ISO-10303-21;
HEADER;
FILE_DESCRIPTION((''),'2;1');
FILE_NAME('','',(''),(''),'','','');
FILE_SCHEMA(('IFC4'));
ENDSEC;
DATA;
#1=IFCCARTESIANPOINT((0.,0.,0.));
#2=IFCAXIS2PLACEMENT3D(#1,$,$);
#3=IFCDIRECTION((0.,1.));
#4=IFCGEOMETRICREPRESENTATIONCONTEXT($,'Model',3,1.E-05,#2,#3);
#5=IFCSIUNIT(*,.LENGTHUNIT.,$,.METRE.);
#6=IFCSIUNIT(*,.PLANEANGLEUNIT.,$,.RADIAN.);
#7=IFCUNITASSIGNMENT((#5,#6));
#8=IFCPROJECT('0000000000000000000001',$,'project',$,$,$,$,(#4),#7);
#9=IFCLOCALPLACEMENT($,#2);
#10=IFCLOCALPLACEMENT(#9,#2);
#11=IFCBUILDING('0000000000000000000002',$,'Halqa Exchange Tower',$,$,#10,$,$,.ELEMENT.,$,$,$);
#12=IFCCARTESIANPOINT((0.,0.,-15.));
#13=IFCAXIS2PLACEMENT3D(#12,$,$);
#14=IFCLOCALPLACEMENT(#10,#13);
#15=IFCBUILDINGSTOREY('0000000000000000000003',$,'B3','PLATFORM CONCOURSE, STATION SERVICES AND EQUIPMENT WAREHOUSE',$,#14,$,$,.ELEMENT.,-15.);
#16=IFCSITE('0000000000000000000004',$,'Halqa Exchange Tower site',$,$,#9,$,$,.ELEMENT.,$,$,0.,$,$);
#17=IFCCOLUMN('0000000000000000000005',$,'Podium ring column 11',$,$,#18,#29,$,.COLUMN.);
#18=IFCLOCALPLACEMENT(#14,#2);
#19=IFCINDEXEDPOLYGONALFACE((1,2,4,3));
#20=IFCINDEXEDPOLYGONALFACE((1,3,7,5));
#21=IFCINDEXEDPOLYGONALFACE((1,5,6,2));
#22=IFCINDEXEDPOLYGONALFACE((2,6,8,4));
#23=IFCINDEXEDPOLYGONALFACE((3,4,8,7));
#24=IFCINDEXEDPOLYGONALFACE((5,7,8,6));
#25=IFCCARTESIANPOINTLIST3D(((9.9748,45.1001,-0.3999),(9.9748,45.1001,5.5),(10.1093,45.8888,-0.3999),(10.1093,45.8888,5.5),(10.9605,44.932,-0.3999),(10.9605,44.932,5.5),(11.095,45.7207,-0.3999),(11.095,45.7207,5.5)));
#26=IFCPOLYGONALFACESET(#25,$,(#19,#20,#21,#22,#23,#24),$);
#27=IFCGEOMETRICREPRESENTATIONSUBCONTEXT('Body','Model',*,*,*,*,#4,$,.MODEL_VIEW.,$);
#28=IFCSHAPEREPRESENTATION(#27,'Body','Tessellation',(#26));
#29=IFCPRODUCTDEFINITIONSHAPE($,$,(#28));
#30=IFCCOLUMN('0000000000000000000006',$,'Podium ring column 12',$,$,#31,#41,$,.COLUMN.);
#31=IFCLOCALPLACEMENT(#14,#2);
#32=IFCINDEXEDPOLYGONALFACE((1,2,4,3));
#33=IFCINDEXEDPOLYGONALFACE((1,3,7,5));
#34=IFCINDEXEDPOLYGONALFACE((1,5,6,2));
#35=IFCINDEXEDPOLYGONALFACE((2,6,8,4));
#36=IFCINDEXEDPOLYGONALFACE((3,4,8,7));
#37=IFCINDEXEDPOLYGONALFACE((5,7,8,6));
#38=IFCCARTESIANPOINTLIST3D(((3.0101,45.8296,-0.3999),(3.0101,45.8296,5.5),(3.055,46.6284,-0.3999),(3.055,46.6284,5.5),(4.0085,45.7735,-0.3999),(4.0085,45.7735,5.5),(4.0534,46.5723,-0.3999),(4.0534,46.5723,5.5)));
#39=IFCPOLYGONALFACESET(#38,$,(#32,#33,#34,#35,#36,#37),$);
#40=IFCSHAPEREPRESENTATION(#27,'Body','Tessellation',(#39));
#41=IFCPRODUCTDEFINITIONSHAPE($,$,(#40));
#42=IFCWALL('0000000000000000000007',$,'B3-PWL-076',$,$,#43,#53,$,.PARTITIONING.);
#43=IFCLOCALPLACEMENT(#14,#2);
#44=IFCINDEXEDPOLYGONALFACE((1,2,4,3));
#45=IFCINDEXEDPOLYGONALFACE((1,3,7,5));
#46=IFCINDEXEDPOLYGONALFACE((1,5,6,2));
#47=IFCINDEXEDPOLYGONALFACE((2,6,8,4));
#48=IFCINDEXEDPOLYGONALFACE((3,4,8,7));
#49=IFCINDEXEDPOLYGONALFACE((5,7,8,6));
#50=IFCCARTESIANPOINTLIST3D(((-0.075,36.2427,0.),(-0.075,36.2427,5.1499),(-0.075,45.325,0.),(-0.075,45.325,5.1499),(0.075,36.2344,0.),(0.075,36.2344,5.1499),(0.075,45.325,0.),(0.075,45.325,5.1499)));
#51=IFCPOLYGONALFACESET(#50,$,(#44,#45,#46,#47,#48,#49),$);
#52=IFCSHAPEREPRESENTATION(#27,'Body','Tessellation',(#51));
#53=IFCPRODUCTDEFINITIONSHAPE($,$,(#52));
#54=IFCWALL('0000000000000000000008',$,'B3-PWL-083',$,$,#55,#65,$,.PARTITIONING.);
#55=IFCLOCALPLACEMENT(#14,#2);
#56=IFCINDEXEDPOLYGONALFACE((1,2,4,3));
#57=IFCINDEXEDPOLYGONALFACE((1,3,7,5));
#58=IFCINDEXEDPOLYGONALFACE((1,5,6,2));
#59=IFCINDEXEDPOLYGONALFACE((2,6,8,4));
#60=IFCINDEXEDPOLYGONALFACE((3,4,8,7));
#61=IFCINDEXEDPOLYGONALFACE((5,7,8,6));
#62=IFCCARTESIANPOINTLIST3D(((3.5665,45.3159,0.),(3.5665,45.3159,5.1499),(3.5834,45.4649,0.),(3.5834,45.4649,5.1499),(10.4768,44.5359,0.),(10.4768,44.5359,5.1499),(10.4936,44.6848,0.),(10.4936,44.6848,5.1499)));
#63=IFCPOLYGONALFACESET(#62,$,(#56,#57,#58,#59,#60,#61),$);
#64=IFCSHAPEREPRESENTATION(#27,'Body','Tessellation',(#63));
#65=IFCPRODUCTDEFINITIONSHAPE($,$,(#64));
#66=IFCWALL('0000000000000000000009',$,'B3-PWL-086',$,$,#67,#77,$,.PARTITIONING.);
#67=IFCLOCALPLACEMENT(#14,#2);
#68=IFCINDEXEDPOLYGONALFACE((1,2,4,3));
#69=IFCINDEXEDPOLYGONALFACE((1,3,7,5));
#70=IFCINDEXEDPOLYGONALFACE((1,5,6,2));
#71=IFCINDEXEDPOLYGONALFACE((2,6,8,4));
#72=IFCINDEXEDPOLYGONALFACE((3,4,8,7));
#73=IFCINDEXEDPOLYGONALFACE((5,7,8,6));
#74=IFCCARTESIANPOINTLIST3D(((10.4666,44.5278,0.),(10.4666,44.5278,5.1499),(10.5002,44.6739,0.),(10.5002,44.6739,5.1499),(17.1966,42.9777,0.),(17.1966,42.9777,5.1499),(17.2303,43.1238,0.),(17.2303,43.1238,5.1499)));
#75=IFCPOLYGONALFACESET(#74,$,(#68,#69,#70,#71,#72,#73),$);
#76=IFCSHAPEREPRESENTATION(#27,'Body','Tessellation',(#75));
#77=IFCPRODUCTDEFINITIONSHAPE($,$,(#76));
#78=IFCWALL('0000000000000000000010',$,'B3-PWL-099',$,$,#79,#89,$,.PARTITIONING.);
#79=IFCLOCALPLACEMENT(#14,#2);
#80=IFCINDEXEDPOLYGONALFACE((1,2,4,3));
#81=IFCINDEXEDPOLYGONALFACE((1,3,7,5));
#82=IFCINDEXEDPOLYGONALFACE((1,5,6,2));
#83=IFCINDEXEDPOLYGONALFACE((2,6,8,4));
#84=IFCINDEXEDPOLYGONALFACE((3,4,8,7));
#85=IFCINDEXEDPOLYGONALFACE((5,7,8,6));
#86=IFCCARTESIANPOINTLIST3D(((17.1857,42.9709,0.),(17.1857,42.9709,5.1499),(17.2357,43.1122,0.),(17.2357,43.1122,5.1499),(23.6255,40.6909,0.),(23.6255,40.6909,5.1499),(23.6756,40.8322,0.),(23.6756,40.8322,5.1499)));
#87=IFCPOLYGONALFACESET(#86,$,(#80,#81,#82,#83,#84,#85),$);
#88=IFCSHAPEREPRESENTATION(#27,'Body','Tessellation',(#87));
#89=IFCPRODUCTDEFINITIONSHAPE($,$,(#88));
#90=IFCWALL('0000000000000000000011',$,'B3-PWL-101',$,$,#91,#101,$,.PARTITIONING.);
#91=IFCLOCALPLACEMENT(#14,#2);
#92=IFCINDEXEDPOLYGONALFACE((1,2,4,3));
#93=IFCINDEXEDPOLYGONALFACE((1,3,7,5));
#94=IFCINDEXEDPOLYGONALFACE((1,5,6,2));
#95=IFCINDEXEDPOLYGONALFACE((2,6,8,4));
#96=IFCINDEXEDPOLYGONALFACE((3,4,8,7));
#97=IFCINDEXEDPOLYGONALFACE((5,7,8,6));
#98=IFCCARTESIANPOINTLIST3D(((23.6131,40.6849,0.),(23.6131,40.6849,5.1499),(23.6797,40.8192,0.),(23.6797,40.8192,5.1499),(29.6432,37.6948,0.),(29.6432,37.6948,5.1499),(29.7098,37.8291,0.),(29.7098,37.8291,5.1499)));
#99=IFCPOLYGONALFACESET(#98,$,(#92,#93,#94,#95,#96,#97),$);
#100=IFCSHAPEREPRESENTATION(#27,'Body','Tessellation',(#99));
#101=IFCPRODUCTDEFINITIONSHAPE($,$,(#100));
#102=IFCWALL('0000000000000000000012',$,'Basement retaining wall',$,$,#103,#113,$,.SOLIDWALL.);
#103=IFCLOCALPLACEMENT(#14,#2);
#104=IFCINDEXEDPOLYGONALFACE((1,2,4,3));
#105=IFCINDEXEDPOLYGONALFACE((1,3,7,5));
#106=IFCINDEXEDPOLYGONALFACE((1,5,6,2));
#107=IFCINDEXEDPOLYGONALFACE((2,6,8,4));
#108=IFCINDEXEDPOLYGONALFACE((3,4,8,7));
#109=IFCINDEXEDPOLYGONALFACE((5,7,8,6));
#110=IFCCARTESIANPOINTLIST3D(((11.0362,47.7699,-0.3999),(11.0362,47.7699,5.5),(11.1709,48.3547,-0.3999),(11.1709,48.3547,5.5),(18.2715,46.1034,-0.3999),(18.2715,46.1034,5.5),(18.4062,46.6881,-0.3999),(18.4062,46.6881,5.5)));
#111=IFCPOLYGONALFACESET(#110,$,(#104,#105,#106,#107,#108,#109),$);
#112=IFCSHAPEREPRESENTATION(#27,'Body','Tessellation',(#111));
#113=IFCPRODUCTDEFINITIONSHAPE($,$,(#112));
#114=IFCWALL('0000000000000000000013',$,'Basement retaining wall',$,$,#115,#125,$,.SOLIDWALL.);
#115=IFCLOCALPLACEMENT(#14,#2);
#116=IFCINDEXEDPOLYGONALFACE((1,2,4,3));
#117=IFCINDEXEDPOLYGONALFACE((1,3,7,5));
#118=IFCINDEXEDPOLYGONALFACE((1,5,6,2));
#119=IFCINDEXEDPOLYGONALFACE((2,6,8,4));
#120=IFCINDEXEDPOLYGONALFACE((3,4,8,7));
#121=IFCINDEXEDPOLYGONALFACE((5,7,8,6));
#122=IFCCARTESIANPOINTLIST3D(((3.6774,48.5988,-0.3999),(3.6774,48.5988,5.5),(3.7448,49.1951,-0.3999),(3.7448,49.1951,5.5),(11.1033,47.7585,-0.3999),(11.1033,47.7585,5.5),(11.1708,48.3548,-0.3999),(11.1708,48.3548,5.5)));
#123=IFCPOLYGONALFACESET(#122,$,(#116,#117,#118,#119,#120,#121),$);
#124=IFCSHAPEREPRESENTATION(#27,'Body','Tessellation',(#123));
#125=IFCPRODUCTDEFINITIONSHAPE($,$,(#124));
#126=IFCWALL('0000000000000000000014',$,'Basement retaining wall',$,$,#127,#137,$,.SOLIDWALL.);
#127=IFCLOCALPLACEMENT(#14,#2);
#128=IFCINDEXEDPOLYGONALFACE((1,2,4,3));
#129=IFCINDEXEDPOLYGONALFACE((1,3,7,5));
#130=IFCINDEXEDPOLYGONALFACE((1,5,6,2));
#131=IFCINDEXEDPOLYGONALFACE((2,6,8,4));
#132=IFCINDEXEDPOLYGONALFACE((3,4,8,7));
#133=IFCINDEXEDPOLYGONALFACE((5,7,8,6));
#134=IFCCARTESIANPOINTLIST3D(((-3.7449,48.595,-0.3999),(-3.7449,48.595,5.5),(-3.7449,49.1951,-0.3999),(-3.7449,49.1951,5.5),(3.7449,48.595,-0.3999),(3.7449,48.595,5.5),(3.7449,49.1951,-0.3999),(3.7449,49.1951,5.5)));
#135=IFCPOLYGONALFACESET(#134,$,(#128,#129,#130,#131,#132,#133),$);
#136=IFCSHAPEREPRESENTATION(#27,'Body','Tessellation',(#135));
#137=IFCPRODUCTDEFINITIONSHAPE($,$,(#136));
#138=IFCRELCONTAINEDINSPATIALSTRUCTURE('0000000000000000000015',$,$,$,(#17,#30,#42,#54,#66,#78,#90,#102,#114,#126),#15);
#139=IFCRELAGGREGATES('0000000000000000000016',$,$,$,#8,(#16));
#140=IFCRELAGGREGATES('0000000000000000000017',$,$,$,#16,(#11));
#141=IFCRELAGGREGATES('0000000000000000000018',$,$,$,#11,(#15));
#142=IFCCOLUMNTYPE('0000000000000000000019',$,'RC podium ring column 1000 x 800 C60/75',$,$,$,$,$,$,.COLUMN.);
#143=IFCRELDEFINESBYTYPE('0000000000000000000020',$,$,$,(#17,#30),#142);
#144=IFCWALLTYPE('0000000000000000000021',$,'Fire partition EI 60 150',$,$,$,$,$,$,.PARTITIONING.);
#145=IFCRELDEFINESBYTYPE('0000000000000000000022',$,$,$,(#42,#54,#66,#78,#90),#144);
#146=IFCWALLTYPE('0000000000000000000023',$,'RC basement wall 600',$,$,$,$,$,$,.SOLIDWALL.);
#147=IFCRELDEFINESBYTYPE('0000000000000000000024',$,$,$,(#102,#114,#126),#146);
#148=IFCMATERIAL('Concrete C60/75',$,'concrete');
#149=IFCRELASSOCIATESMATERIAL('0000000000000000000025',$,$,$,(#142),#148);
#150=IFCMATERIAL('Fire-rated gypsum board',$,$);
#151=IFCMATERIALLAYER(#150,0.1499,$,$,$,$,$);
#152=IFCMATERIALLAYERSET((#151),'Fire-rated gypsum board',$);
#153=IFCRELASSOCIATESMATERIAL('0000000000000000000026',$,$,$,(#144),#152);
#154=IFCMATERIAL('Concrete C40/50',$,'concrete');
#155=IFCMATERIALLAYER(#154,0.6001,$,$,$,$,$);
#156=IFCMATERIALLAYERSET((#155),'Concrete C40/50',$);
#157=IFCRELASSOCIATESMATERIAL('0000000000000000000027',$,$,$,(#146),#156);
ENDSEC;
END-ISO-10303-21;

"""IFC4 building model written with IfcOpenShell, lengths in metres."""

from ifc_helpers import new_model, si_unit, direction, frame, frame_2d, origin, origin_2d, place, context, subcontext, project, spatial, polyline, rectangle, outline, extrude, material, layer, layer_set, material_profile, profile_set, type_object, element, save


model = new_model("IFC4")

# Units and contexts
model_context = context("Model", 3, precision=1e-05, world=origin(), true_north=direction((0.0, 1.0)))
body_context = subcontext(model_context, "Body", "Model", "MODEL_VIEW")
ifc_project = project(units=[si_unit("LENGTHUNIT", "METRE"), si_unit("PLANEANGLEUNIT", "RADIAN")], contexts=[model_context])

# Site, building, storey
site_placement = place(None, origin())
site = spatial("IfcSite", under=ifc_project, at=site_placement, Name="Halqa Exchange Tower site", CompositionType="ELEMENT", RefElevation=0.0)
building_placement = place(site_placement, origin())
building = spatial("IfcBuilding", under=site, at=building_placement, Name="Halqa Exchange Tower", CompositionType="ELEMENT")
storey_placement = place(building_placement, frame((0.0, 0.0, -15.0)))
storey = spatial("IfcBuildingStorey", under=building, at=storey_placement, Name="B3", Description="PLATFORM CONCOURSE, STATION SERVICES AND EQUIPMENT WAREHOUSE", CompositionType="ELEMENT", Elevation=-15.0)

# Shared definitions
ifc_material_1 = material(Name="Concrete C40/50", Category="concrete")

# Columns
ifc_material_2 = material(Name="Concrete C60/75", Category="concrete")
ifc_material_profile_1 = material_profile(ifc_material_2, rectangle(XDim=1.0, YDim=0.8, at=origin_2d()), Name="1000 x 800")
ifc_profile_set_1 = profile_set([ifc_material_profile_1], Name="Concrete C60/75")
column_type = type_object("IfcColumnType", Name="RC podium ring column 1000 x 800 C60/75", PredefinedType="COLUMN", material=ifc_profile_set_1)
for number, where, z_axis, x_axis, name in (
    (1, (10.5349, 45.4104, -0.3999), (0.0, 0.0, 1.0), (-0.985766, 0.168121, 0.0), "Podium ring column 11"),
    (2, (3.5317, 46.2009, -0.3999), (0.0, 0.0, 1.0), (-0.998425, 0.056107, 0.0), "Podium ring column 12"),
):
    element("IfcColumn", number, at=place(storey_placement, frame(where, z_axis=z_axis, x_axis=x_axis)), inside=storey, type_object=column_type, Name=name, PredefinedType="COLUMN", context=body_context, shape_type="SweptSolid", body=[
        extrude(rectangle(XDim=1.0, YDim=0.8, at=origin_2d()), origin(), (0.0, 0.0, 1.0), 5.8999),
    ])

# Walls
ifc_material_3 = material(Name="Fire-rated gypsum board")
ifc_layer_1 = layer(ifc_material_3, 0.1499)
ifc_layer_set_1 = layer_set([ifc_layer_1], Name="Fire-rated gypsum board")
wall_type_1 = type_object("IfcWallType", Name="Fire partition EI 60 150", PredefinedType="PARTITIONING", material=ifc_layer_set_1)
wall_1_placement = place(storey_placement, frame((0.0, 36.2385, 0.0), z_axis=(0.0, 0.0, 1.0), x_axis=(0.0, 1.0, 0.0)))
element("IfcWall", 3, at=wall_1_placement, inside=storey, type_object=wall_type_1, Name="B3-PWL-076", PredefinedType="PARTITIONING", context=body_context, shape_type="SweptSolid", body=[
    extrude(outline(polyline([(-0.0042, -0.075), (9.0864, -0.075), (9.0864, 0.075), (0.0042, 0.075), (-0.0042, -0.075)])), origin(), (0.0, 0.0, 1.0), 5.1499),
])
wall_2_placement = place(storey_placement, frame((3.575, 45.3904, 0.0), z_axis=(0.0, 0.0, 1.0), x_axis=(0.993689, -0.112169, 0.0)))
element("IfcWall", 4, at=wall_2_placement, inside=storey, type_object=wall_type_1, Name="B3-PWL-083", PredefinedType="PARTITIONING", context=body_context, shape_type="SweptSolid", body=[
    extrude(rectangle(XDim=6.9541, YDim=0.1499, at=frame_2d((3.4771, 0.0))), origin(), (0.0, 0.0, 1.0), 5.1499),
])
wall_3_placement = place(storey_placement, frame((10.4834, 44.6008, 0.0), z_axis=(0.0, 0.0, 1.0), x_axis=(0.974487, -0.224444, 0.0)))
element("IfcWall", 5, at=wall_3_placement, inside=storey, type_object=wall_type_1, Name="B3-PWL-086", PredefinedType="PARTITIONING", context=body_context, shape_type="SweptSolid", body=[
    extrude(rectangle(XDim=6.9062, YDim=0.1499, at=frame_2d((3.4531, 0.0))), origin(), (0.0, 0.0, 1.0), 5.1499),
])
wall_4_placement = place(storey_placement, frame((17.2107, 43.0415, 0.0), z_axis=(0.0, 0.0, 1.0), x_axis=(0.942663, -0.333745, 0.0)))
element("IfcWall", 6, at=wall_4_placement, inside=storey, type_object=wall_type_1, Name="B3-PWL-099", PredefinedType="PARTITIONING", context=body_context, shape_type="SweptSolid", body=[
    extrude(rectangle(XDim=6.8315, YDim=0.1499, at=frame_2d((3.4158, 0.0))), origin(), (0.0, 0.0, 1.0), 5.1499),
])
wall_5_placement = place(storey_placement, frame((23.6465, 40.752, 0.0), z_axis=(0.0, 0.0, 1.0), x_axis=(0.895909, -0.444237, 0.0)))
element("IfcWall", 7, at=wall_5_placement, inside=storey, type_object=wall_type_1, Name="B3-PWL-101", PredefinedType="PARTITIONING", context=body_context, shape_type="SweptSolid", body=[
    extrude(rectangle(XDim=6.7307, YDim=0.1499, at=frame_2d((3.3652, 0.0))), origin(), (0.0, 0.0, 1.0), 5.1499),
])
ifc_layer_2 = layer(ifc_material_1, 0.6001)
ifc_layer_set_2 = layer_set([ifc_layer_2], Name="Concrete C40/50")
wall_type_2 = type_object("IfcWallType", Name="RC basement wall 600", PredefinedType="SOLIDWALL", material=ifc_layer_set_2)
wall_6_placement = place(storey_placement, frame((18.3389, 46.3958, -0.3999), z_axis=(0.0, 0.0, 1.0), x_axis=(-0.974485, 0.224451, 0.0)))
element("IfcWall", 8, at=wall_6_placement, inside=storey, type_object=wall_type_2, Name="Basement retaining wall", PredefinedType="SOLIDWALL", context=body_context, shape_type="SweptSolid", body=[
    extrude(rectangle(XDim=7.4248, YDim=0.6001, at=frame_2d((3.7124, 0.0))), origin(), (0.0, 0.0, 1.0), 5.8999),
])
wall_7_placement = place(storey_placement, frame((11.1372, 48.0566, -0.3999), z_axis=(0.0, 0.0, 1.0), x_axis=(-0.993658, 0.112443, 0.0)))
element("IfcWall", 9, at=wall_7_placement, inside=storey, type_object=wall_type_2, Name="Basement retaining wall", PredefinedType="SOLIDWALL", context=body_context, shape_type="SweptSolid", body=[
    extrude(rectangle(XDim=7.4734, YDim=0.6001, at=frame_2d((3.7368, 0.0))), origin(), (0.0, 0.0, 1.0), 5.8999),
])
wall_8_placement = place(storey_placement, frame((3.7449, 48.895, -0.3999), z_axis=(0.0, 0.0, 1.0), x_axis=(-1.0, 0.0, 0.0)))
element("IfcWall", 10, at=wall_8_placement, inside=storey, type_object=wall_type_2, Name="Basement retaining wall", PredefinedType="SOLIDWALL", context=body_context, shape_type="SweptSolid", body=[
    extrude(rectangle(XDim=7.4897, YDim=0.6001, at=frame_2d((3.7449, 0.0))), origin(), (0.0, 0.0, 1.0), 5.8999),
])

save(model, "model.ifc")
